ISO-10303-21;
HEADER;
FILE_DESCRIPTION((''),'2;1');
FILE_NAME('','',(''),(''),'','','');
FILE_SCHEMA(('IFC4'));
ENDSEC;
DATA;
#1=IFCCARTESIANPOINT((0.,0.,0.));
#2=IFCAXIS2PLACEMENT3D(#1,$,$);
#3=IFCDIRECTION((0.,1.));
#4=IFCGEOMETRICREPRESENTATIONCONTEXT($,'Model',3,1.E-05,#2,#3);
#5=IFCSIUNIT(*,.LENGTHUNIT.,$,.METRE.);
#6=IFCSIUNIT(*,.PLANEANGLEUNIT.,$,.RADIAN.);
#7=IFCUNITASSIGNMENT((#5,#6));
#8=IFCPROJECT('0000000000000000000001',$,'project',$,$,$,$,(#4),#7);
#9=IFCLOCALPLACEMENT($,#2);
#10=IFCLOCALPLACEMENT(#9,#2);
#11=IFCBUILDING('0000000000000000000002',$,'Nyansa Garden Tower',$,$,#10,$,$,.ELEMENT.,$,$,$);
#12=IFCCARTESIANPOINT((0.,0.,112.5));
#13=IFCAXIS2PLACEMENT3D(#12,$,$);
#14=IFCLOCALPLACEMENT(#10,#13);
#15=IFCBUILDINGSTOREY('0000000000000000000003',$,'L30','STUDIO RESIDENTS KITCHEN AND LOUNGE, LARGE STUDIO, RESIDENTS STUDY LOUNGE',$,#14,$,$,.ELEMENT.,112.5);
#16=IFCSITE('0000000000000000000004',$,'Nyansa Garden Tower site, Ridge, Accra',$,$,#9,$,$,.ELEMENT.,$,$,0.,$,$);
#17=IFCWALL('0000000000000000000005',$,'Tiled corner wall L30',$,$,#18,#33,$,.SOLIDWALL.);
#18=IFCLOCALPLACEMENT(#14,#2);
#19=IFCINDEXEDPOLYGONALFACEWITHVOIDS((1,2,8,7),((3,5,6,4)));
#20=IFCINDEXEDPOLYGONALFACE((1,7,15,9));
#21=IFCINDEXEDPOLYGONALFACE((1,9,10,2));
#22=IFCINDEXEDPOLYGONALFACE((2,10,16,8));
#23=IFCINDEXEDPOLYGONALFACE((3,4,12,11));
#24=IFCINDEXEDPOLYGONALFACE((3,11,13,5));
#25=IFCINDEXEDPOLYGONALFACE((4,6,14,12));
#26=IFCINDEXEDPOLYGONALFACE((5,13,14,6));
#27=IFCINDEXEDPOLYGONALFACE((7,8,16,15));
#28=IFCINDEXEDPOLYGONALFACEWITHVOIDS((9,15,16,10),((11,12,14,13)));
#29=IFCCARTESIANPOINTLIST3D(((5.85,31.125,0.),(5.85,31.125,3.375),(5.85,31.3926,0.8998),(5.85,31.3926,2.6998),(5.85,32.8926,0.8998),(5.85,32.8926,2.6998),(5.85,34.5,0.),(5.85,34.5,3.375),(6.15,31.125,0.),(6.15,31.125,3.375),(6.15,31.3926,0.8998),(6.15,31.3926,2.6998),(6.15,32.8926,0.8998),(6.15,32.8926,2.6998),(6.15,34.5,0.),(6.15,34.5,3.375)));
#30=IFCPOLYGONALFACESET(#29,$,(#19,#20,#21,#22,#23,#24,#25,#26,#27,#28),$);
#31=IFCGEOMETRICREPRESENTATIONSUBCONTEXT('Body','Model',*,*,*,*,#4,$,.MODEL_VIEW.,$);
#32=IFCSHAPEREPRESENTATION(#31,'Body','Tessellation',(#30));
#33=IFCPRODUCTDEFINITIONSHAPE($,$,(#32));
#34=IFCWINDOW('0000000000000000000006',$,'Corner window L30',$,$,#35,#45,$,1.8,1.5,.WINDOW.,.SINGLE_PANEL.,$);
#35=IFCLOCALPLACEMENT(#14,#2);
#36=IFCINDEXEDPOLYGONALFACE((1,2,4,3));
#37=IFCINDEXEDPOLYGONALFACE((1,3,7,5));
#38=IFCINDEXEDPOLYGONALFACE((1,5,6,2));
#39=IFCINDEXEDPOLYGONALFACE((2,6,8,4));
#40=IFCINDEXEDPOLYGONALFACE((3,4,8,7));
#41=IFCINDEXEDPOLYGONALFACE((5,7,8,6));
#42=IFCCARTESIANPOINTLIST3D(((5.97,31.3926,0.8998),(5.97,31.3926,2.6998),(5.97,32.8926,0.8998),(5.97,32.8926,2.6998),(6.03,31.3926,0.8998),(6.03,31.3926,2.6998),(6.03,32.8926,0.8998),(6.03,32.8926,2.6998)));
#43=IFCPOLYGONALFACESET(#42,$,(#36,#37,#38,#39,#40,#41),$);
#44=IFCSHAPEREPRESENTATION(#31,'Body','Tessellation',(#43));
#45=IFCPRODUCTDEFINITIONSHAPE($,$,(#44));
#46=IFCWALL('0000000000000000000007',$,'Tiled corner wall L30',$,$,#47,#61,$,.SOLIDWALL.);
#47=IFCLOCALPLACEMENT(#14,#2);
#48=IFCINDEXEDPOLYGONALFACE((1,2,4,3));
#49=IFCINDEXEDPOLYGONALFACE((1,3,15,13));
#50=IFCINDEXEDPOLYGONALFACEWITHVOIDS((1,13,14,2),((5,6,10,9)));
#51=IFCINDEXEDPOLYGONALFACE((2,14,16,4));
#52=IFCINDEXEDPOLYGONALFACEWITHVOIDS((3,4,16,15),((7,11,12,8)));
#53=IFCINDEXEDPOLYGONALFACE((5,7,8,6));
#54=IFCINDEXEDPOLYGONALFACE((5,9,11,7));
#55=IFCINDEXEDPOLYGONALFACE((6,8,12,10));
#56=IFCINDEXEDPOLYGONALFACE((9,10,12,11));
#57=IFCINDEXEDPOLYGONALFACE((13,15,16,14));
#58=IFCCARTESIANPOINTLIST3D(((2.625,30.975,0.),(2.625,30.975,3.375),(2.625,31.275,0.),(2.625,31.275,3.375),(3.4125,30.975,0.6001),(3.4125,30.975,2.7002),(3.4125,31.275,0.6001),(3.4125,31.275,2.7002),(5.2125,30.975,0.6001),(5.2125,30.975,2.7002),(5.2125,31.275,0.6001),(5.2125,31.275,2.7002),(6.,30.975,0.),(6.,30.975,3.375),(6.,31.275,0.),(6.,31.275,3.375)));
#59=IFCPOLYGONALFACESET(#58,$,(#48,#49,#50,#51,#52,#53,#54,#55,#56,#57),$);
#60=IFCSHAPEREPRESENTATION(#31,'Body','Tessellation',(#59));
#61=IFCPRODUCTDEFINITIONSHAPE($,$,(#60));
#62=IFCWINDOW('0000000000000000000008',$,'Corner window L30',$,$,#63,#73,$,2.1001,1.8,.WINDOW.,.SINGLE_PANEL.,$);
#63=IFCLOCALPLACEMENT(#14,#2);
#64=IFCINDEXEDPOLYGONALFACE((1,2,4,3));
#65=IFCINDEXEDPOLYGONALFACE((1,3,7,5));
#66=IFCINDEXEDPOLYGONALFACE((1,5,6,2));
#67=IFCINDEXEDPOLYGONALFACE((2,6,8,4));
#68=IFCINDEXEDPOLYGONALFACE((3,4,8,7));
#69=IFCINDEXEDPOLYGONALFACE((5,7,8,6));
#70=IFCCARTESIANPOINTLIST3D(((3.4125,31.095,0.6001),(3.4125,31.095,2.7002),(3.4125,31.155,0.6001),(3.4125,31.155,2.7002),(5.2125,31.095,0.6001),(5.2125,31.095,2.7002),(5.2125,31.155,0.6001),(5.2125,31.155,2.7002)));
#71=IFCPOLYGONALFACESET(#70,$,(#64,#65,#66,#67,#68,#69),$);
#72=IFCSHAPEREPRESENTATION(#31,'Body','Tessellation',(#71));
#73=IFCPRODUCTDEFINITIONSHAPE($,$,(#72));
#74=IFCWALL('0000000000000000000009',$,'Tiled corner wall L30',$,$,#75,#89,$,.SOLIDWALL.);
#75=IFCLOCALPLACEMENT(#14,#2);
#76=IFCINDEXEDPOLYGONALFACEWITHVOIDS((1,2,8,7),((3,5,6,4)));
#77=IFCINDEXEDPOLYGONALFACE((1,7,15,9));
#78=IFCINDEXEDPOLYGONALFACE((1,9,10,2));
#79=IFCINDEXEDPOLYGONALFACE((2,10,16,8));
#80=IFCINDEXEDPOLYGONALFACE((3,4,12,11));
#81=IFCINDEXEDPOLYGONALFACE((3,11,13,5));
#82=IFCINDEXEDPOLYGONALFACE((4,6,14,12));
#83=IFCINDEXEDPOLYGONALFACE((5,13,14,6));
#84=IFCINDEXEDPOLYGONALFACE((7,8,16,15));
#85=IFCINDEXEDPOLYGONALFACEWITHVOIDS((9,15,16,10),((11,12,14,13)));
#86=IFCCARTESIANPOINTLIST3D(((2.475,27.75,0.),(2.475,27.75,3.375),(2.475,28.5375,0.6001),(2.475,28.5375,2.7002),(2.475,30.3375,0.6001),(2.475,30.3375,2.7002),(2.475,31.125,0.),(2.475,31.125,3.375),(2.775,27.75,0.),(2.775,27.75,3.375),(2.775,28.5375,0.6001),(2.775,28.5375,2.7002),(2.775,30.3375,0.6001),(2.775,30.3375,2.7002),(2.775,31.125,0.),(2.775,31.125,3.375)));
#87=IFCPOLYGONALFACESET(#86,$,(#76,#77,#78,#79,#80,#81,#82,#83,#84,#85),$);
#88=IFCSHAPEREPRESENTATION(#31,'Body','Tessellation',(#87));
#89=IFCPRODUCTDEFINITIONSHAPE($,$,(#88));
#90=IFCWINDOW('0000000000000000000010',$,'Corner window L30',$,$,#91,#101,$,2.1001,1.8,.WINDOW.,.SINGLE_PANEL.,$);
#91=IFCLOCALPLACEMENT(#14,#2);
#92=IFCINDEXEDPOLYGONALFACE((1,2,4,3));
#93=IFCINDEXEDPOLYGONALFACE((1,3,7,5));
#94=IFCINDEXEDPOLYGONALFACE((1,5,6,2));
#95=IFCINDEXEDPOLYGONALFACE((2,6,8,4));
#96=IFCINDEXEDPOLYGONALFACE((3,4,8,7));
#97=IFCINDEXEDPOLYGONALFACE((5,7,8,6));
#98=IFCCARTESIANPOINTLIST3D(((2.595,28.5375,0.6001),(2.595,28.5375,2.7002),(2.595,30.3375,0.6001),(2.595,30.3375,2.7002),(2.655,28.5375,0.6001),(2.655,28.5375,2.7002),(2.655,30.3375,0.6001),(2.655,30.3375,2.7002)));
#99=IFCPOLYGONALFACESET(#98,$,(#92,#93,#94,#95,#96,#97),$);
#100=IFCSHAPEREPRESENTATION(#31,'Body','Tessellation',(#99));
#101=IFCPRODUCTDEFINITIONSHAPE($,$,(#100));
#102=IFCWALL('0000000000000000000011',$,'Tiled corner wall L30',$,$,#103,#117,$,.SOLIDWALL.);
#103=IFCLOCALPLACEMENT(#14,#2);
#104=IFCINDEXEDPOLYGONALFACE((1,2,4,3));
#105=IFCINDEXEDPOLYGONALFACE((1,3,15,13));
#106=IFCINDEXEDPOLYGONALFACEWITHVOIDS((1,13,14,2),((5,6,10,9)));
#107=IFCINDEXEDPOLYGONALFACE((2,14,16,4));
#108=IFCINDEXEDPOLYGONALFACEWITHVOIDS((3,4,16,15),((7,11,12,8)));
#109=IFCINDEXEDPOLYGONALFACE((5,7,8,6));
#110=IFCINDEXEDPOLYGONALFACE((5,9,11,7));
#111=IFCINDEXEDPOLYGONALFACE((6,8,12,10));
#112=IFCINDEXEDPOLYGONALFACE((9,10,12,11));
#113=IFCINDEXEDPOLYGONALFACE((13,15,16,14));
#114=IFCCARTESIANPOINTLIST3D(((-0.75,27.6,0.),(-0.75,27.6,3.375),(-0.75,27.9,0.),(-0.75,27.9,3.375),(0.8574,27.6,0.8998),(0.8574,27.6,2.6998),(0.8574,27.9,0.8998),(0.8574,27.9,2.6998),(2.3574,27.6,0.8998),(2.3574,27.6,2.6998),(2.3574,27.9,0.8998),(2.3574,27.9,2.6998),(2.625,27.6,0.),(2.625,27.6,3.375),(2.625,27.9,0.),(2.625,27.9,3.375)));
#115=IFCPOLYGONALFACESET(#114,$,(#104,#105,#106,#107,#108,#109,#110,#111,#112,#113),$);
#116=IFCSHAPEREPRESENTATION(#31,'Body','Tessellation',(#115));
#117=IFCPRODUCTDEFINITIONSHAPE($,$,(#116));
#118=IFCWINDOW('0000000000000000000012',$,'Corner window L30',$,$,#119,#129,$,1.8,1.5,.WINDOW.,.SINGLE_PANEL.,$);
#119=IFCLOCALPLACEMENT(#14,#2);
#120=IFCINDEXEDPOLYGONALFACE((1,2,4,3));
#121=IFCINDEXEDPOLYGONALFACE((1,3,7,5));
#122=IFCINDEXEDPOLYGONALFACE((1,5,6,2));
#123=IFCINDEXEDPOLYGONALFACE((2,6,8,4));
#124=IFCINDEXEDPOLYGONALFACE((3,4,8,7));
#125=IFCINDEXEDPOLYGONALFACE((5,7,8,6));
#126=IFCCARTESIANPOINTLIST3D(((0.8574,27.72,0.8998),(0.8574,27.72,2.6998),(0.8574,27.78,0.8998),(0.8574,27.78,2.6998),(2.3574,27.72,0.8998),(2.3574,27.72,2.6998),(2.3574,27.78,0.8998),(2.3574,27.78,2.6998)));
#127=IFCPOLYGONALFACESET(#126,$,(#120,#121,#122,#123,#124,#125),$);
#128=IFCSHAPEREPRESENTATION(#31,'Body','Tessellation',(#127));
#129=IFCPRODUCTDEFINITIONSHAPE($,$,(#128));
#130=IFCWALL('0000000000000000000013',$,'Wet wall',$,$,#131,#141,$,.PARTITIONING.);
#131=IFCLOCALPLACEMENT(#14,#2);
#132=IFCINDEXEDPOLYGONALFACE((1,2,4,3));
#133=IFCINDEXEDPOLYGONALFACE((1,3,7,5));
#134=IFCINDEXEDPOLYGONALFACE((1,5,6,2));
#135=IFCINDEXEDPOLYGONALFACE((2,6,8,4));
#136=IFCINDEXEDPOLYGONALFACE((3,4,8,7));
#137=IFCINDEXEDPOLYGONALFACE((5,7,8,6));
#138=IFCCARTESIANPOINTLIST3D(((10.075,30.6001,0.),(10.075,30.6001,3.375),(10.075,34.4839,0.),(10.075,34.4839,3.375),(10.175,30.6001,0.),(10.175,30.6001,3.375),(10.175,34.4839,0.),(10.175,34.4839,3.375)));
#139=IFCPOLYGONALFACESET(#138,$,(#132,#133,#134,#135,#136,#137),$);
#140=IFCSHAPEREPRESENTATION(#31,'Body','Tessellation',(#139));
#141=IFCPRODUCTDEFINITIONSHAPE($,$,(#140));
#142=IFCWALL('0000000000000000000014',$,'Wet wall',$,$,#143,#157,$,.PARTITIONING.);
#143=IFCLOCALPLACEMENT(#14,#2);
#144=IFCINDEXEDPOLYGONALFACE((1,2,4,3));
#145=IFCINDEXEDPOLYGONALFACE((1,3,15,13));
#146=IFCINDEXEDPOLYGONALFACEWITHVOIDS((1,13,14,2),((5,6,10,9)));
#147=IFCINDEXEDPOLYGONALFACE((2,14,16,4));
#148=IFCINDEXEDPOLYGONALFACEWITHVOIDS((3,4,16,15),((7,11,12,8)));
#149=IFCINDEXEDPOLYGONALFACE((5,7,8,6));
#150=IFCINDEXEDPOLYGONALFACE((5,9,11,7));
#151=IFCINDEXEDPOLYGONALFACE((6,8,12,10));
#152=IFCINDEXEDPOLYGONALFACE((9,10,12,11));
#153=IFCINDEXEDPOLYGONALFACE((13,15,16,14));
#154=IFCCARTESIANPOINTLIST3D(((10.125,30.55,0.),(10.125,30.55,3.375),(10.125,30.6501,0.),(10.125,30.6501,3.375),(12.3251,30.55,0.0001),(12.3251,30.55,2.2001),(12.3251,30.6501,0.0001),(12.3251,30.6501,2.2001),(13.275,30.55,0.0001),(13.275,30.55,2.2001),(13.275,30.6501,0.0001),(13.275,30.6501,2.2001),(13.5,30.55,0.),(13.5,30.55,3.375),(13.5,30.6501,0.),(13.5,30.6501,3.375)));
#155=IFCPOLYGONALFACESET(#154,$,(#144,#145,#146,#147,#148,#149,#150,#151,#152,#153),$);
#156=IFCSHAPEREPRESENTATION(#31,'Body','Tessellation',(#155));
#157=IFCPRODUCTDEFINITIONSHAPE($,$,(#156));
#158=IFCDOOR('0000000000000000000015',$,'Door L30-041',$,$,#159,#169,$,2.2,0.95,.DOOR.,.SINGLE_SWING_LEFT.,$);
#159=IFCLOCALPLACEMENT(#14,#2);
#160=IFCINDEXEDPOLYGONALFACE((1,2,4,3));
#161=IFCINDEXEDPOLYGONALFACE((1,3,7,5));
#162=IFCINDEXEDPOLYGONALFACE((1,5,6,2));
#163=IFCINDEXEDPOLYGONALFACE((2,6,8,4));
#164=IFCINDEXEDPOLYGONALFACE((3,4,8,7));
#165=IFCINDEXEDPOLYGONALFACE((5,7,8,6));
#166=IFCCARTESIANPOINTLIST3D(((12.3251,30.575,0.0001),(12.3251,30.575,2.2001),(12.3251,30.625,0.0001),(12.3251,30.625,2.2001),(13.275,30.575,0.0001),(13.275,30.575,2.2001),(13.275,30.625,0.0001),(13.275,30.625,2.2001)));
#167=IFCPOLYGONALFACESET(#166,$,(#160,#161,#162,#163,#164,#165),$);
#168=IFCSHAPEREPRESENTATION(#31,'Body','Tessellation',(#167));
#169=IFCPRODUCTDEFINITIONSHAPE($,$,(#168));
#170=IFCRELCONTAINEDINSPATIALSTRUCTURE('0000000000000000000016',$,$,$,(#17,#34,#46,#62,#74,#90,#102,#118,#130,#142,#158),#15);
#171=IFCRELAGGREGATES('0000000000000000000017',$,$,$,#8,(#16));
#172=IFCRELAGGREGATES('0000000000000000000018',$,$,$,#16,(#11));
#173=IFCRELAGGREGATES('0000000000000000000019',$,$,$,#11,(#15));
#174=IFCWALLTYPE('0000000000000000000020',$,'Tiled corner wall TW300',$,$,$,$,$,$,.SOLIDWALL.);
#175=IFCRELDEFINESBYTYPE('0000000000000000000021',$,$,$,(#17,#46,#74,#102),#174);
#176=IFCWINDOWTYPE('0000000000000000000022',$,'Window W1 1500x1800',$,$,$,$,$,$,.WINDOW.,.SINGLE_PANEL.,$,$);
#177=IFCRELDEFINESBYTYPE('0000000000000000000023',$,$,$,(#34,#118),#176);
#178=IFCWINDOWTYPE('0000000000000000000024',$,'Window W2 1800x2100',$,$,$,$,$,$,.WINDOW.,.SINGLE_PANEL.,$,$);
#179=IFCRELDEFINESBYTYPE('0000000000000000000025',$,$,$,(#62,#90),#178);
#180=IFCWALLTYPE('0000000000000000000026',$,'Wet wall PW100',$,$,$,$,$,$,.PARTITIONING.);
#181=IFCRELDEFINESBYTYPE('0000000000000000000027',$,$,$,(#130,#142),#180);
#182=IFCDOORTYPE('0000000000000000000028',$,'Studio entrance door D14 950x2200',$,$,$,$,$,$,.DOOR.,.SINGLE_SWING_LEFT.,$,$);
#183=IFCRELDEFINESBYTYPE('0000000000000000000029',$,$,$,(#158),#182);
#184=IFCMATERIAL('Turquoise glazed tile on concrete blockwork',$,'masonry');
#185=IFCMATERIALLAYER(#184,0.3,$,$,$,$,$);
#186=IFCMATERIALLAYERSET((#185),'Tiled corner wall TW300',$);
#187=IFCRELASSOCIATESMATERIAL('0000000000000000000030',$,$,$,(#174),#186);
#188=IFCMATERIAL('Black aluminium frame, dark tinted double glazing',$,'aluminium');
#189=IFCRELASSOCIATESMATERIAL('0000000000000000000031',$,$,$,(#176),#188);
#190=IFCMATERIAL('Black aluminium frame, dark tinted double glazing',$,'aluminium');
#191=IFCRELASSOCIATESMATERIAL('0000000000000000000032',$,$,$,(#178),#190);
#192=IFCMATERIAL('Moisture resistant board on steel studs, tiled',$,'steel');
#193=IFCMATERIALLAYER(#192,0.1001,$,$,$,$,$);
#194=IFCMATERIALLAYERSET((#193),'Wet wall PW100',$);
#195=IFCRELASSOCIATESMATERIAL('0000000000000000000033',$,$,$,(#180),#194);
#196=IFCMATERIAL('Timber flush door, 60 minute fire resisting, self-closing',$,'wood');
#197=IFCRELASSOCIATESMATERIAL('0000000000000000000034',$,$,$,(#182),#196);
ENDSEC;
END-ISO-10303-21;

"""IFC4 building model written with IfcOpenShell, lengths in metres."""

from ifc_helpers import new_model, si_unit, direction, frame, frame_2d, origin, place, context, subcontext, project, spatial, rectangle, extrude, material, layer, layer_set, type_object, element, fill, save


model = new_model("IFC4")

# Units and contexts
model_context = context("Model", 3, precision=1e-05, world=origin(), true_north=direction((0.0, 1.0)))
body_context = subcontext(model_context, "Body", "Model", "MODEL_VIEW")
ifc_project = project(units=[si_unit("LENGTHUNIT", "METRE"), si_unit("PLANEANGLEUNIT", "RADIAN")], contexts=[model_context])

# Site, building, storey
site_placement = place(None, origin())
site = spatial("IfcSite", under=ifc_project, at=site_placement, Name="Nyansa Garden Tower site, Ridge, Accra", CompositionType="ELEMENT", RefElevation=0.0)
building_placement = place(site_placement, origin())
building = spatial("IfcBuilding", under=site, at=building_placement, Name="Nyansa Garden Tower", CompositionType="ELEMENT")
storey_placement = place(building_placement, frame((0.0, 0.0, 112.5)))
storey = spatial("IfcBuildingStorey", under=building, at=storey_placement, Name="L30", Description="STUDIO RESIDENTS KITCHEN AND LOUNGE, LARGE STUDIO, RESIDENTS STUDY LOUNGE", CompositionType="ELEMENT", Elevation=112.5)

# Walls, openings, windows
ifc_material_1 = material(Name="Turquoise glazed tile on concrete blockwork", Category="masonry")
ifc_layer_1 = layer(ifc_material_1, 0.3)
ifc_layer_set_1 = layer_set([ifc_layer_1], Name="Tiled corner wall TW300")
wall_type_1 = type_object("IfcWallType", Name="Tiled corner wall TW300", PredefinedType="SOLIDWALL", material=ifc_layer_set_1)
wall_1_placement = place(storey_placement, frame((6.0, 34.5, 0.0), z_axis=(0.0, 0.0, 1.0), x_axis=(0.0, -1.0, 0.0)))
wall_1 = element("IfcWall", 1, at=wall_1_placement, inside=storey, type_object=wall_type_1, Name="Tiled corner wall L30", PredefinedType="SOLIDWALL", context=body_context, shape_type="SweptSolid", body=[
    extrude(rectangle(XDim=3.375, YDim=0.3, at=frame_2d((1.6875, 0.0))), origin(), (0.0, 0.0, 1.0), 3.375),
])
opening_1_placement = place(wall_1_placement, frame((1.6074, 0.0, 0.8999)))
opening_1 = element("IfcOpeningElement", 2, at=opening_1_placement, cuts=wall_1, PredefinedType="OPENING", context=body_context, shape_type="SweptSolid", body=[
    extrude(rectangle(XDim=1.5, YDim=1.8, at=frame_2d((0.75, 0.8999))), frame((0.0, 0.1599, 0.0), z_axis=(0.0, -1.0, 0.0), x_axis=(1.0, 0.0, 0.0)), (0.0, 0.0, 1.0), 0.3201),
])
ifc_material_2 = material(Name="Black aluminium frame, dark tinted double glazing", Category="aluminium")
window_type_1 = type_object("IfcWindowType", Name="Window W1 1500x1800", PartitioningType="SINGLE_PANEL", PredefinedType="WINDOW", material=ifc_material_2)
window_1_placement = place(opening_1_placement, origin())
window_1 = element("IfcWindow", 3, at=window_1_placement, inside=storey, type_object=window_type_1, Name="Corner window L30", OverallHeight=1.8, OverallWidth=1.5, PartitioningType="SINGLE_PANEL", PredefinedType="WINDOW", context=body_context, shape_type="SweptSolid", body=[
    extrude(rectangle(XDim=1.5, YDim=1.8, at=frame_2d((0.75, 0.8999))), frame((0.0, 0.03, 0.0), z_axis=(0.0, -1.0, 0.0), x_axis=(1.0, 0.0, 0.0)), (0.0, 0.0, 1.0), 0.0601),
])
fill(opening_1, window_1)
wall_2_placement = place(storey_placement, frame((6.0, 31.125, 0.0), z_axis=(0.0, 0.0, 1.0), x_axis=(-1.0, 0.0, 0.0)))
wall_2 = element("IfcWall", 4, at=wall_2_placement, inside=storey, type_object=wall_type_1, Name="Tiled corner wall L30", PredefinedType="SOLIDWALL", context=body_context, shape_type="SweptSolid", body=[
    extrude(rectangle(XDim=3.375, YDim=0.3, at=frame_2d((1.6875, 0.0))), origin(), (0.0, 0.0, 1.0), 3.375),
])
opening_2_placement = place(wall_2_placement, frame((0.7876, 0.0, 0.6001)))
opening_2 = element("IfcOpeningElement", 5, at=opening_2_placement, cuts=wall_2, PredefinedType="OPENING", context=body_context, shape_type="SweptSolid", body=[
    extrude(rectangle(XDim=1.8, YDim=2.1001, at=frame_2d((0.8999, 1.05))), frame((0.0, 0.1599, 0.0), z_axis=(0.0, -1.0, 0.0), x_axis=(1.0, 0.0, 0.0)), (0.0, 0.0, 1.0), 0.3201),
])
ifc_material_3 = material(Name="Black aluminium frame, dark tinted double glazing", Category="aluminium")
window_type_2 = type_object("IfcWindowType", Name="Window W2 1800x2100", PartitioningType="SINGLE_PANEL", PredefinedType="WINDOW", material=ifc_material_3)
window_2_placement = place(opening_2_placement, origin())
window_2 = element("IfcWindow", 6, at=window_2_placement, inside=storey, type_object=window_type_2, Name="Corner window L30", OverallHeight=2.1001, OverallWidth=1.8, PartitioningType="SINGLE_PANEL", PredefinedType="WINDOW", context=body_context, shape_type="SweptSolid", body=[
    extrude(rectangle(XDim=1.8, YDim=2.1001, at=frame_2d((0.8999, 1.05))), frame((0.0, 0.03, 0.0), z_axis=(0.0, -1.0, 0.0), x_axis=(1.0, 0.0, 0.0)), (0.0, 0.0, 1.0), 0.0601),
])
fill(opening_2, window_2)
wall_3_placement = place(storey_placement, frame((2.625, 31.125, 0.0), z_axis=(0.0, 0.0, 1.0), x_axis=(0.0, -1.0, 0.0)))
wall_3 = element("IfcWall", 7, at=wall_3_placement, inside=storey, type_object=wall_type_1, Name="Tiled corner wall L30", PredefinedType="SOLIDWALL", context=body_context, shape_type="SweptSolid", body=[
    extrude(rectangle(XDim=3.375, YDim=0.3, at=frame_2d((1.6875, 0.0))), origin(), (0.0, 0.0, 1.0), 3.375),
])
opening_3_placement = place(wall_3_placement, frame((0.7876, 0.0, 0.6001)))
opening_3 = element("IfcOpeningElement", 8, at=opening_3_placement, cuts=wall_3, PredefinedType="OPENING", context=body_context, shape_type="SweptSolid", body=[
    extrude(rectangle(XDim=1.8, YDim=2.1001, at=frame_2d((0.8999, 1.05))), frame((0.0, 0.1599, 0.0), z_axis=(0.0, -1.0, 0.0), x_axis=(1.0, 0.0, 0.0)), (0.0, 0.0, 1.0), 0.3201),
])
window_3_placement = place(opening_3_placement, origin())
window_3 = element("IfcWindow", 9, at=window_3_placement, inside=storey, type_object=window_type_2, Name="Corner window L30", OverallHeight=2.1001, OverallWidth=1.8, PartitioningType="SINGLE_PANEL", PredefinedType="WINDOW", context=body_context, shape_type="SweptSolid", body=[
    extrude(rectangle(XDim=1.8, YDim=2.1001, at=frame_2d((0.8999, 1.05))), frame((0.0, 0.03, 0.0), z_axis=(0.0, -1.0, 0.0), x_axis=(1.0, 0.0, 0.0)), (0.0, 0.0, 1.0), 0.0601),
])
fill(opening_3, window_3)
wall_4_placement = place(storey_placement, frame((2.625, 27.75, 0.0), z_axis=(0.0, 0.0, 1.0), x_axis=(-1.0, 0.0, 0.0)))
wall_4 = element("IfcWall", 10, at=wall_4_placement, inside=storey, type_object=wall_type_1, Name="Tiled corner wall L30", PredefinedType="SOLIDWALL", context=body_context, shape_type="SweptSolid", body=[
    extrude(rectangle(XDim=3.375, YDim=0.3, at=frame_2d((1.6875, 0.0))), origin(), (0.0, 0.0, 1.0), 3.375),
])
opening_4_placement = place(wall_4_placement, frame((0.2676, 0.0, 0.8999)))
opening_4 = element("IfcOpeningElement", 11, at=opening_4_placement, cuts=wall_4, PredefinedType="OPENING", context=body_context, shape_type="SweptSolid", body=[
    extrude(rectangle(XDim=1.5, YDim=1.8, at=frame_2d((0.75, 0.8999))), frame((0.0, 0.1599, 0.0), z_axis=(0.0, -1.0, 0.0), x_axis=(1.0, 0.0, 0.0)), (0.0, 0.0, 1.0), 0.3201),
])
window_4_placement = place(opening_4_placement, origin())
window_4 = element("IfcWindow", 12, at=window_4_placement, inside=storey, type_object=window_type_1, Name="Corner window L30", OverallHeight=1.8, OverallWidth=1.5, PartitioningType="SINGLE_PANEL", PredefinedType="WINDOW", context=body_context, shape_type="SweptSolid", body=[
    extrude(rectangle(XDim=1.5, YDim=1.8, at=frame_2d((0.75, 0.8999))), frame((0.0, 0.03, 0.0), z_axis=(0.0, -1.0, 0.0), x_axis=(1.0, 0.0, 0.0)), (0.0, 0.0, 1.0), 0.0601),
])
fill(opening_4, window_4)

# Wall
ifc_material_4 = material(Name="Moisture resistant board on steel studs, tiled", Category="steel")
ifc_layer_2 = layer(ifc_material_4, 0.1001)
ifc_layer_set_2 = layer_set([ifc_layer_2], Name="Wet wall PW100")
wall_type_2 = type_object("IfcWallType", Name="Wet wall PW100", PredefinedType="PARTITIONING", material=ifc_layer_set_2)
wall_5_placement = place(storey_placement, frame((10.125, 30.6001, 0.0), z_axis=(0.0, 0.0, 1.0), x_axis=(0.0, 1.0, 0.0)))
element("IfcWall", 13, at=wall_5_placement, inside=storey, type_object=wall_type_2, Name="Wet wall", PredefinedType="PARTITIONING", context=body_context, shape_type="SweptSolid", body=[
    extrude(rectangle(XDim=3.8838, YDim=0.1001, at=frame_2d((1.9419, 0.0))), origin(), (0.0, 0.0, 1.0), 3.375),
])

# Wall, opening, door
wall_6_placement = place(storey_placement, frame((10.125, 30.6001, 0.0), z_axis=(0.0, 0.0, 1.0), x_axis=(1.0, 0.0, 0.0)))
wall_6 = element("IfcWall", 14, at=wall_6_placement, inside=storey, type_object=wall_type_2, Name="Wet wall", PredefinedType="PARTITIONING", context=body_context, shape_type="SweptSolid", body=[
    extrude(rectangle(XDim=3.375, YDim=0.1001, at=frame_2d((1.6875, 0.0))), origin(), (0.0, 0.0, 1.0), 3.375),
])
opening_5_placement = place(wall_6_placement, frame((2.2, 0.0, 0.0)))
opening_5 = element("IfcOpeningElement", 15, at=opening_5_placement, cuts=wall_6, PredefinedType="OPENING", context=body_context, shape_type="SweptSolid", body=[
    extrude(rectangle(XDim=0.95, YDim=2.2, at=frame_2d((0.4751, 1.1001))), frame((0.0, 0.0601, 0.0), z_axis=(0.0, -1.0, 0.0), x_axis=(1.0, 0.0, 0.0)), (0.0, 0.0, 1.0), 0.1201),
])
ifc_material_5 = material(Name="Timber flush door, 60 minute fire resisting, self-closing", Category="wood")
door_type_1 = type_object("IfcDoorType", Name="Studio entrance door D14 950x2200", OperationType="SINGLE_SWING_LEFT", PredefinedType="DOOR", material=ifc_material_5)
door_1_placement = place(opening_5_placement, origin())
door_1 = element("IfcDoor", 16, at=door_1_placement, inside=storey, type_object=door_type_1, Name="Door L30-041", OperationType="SINGLE_SWING_LEFT", OverallHeight=2.2, OverallWidth=0.95, PredefinedType="DOOR", context=body_context, shape_type="SweptSolid", body=[
    extrude(rectangle(XDim=0.95, YDim=2.2, at=frame_2d((0.4751, 1.1001))), frame((0.0, 0.0249, 0.0), z_axis=(0.0, -1.0, 0.0), x_axis=(1.0, 0.0, 0.0)), (0.0, 0.0, 1.0), 0.05),
])
fill(opening_5, door_1)

save(model, "model.ifc")
